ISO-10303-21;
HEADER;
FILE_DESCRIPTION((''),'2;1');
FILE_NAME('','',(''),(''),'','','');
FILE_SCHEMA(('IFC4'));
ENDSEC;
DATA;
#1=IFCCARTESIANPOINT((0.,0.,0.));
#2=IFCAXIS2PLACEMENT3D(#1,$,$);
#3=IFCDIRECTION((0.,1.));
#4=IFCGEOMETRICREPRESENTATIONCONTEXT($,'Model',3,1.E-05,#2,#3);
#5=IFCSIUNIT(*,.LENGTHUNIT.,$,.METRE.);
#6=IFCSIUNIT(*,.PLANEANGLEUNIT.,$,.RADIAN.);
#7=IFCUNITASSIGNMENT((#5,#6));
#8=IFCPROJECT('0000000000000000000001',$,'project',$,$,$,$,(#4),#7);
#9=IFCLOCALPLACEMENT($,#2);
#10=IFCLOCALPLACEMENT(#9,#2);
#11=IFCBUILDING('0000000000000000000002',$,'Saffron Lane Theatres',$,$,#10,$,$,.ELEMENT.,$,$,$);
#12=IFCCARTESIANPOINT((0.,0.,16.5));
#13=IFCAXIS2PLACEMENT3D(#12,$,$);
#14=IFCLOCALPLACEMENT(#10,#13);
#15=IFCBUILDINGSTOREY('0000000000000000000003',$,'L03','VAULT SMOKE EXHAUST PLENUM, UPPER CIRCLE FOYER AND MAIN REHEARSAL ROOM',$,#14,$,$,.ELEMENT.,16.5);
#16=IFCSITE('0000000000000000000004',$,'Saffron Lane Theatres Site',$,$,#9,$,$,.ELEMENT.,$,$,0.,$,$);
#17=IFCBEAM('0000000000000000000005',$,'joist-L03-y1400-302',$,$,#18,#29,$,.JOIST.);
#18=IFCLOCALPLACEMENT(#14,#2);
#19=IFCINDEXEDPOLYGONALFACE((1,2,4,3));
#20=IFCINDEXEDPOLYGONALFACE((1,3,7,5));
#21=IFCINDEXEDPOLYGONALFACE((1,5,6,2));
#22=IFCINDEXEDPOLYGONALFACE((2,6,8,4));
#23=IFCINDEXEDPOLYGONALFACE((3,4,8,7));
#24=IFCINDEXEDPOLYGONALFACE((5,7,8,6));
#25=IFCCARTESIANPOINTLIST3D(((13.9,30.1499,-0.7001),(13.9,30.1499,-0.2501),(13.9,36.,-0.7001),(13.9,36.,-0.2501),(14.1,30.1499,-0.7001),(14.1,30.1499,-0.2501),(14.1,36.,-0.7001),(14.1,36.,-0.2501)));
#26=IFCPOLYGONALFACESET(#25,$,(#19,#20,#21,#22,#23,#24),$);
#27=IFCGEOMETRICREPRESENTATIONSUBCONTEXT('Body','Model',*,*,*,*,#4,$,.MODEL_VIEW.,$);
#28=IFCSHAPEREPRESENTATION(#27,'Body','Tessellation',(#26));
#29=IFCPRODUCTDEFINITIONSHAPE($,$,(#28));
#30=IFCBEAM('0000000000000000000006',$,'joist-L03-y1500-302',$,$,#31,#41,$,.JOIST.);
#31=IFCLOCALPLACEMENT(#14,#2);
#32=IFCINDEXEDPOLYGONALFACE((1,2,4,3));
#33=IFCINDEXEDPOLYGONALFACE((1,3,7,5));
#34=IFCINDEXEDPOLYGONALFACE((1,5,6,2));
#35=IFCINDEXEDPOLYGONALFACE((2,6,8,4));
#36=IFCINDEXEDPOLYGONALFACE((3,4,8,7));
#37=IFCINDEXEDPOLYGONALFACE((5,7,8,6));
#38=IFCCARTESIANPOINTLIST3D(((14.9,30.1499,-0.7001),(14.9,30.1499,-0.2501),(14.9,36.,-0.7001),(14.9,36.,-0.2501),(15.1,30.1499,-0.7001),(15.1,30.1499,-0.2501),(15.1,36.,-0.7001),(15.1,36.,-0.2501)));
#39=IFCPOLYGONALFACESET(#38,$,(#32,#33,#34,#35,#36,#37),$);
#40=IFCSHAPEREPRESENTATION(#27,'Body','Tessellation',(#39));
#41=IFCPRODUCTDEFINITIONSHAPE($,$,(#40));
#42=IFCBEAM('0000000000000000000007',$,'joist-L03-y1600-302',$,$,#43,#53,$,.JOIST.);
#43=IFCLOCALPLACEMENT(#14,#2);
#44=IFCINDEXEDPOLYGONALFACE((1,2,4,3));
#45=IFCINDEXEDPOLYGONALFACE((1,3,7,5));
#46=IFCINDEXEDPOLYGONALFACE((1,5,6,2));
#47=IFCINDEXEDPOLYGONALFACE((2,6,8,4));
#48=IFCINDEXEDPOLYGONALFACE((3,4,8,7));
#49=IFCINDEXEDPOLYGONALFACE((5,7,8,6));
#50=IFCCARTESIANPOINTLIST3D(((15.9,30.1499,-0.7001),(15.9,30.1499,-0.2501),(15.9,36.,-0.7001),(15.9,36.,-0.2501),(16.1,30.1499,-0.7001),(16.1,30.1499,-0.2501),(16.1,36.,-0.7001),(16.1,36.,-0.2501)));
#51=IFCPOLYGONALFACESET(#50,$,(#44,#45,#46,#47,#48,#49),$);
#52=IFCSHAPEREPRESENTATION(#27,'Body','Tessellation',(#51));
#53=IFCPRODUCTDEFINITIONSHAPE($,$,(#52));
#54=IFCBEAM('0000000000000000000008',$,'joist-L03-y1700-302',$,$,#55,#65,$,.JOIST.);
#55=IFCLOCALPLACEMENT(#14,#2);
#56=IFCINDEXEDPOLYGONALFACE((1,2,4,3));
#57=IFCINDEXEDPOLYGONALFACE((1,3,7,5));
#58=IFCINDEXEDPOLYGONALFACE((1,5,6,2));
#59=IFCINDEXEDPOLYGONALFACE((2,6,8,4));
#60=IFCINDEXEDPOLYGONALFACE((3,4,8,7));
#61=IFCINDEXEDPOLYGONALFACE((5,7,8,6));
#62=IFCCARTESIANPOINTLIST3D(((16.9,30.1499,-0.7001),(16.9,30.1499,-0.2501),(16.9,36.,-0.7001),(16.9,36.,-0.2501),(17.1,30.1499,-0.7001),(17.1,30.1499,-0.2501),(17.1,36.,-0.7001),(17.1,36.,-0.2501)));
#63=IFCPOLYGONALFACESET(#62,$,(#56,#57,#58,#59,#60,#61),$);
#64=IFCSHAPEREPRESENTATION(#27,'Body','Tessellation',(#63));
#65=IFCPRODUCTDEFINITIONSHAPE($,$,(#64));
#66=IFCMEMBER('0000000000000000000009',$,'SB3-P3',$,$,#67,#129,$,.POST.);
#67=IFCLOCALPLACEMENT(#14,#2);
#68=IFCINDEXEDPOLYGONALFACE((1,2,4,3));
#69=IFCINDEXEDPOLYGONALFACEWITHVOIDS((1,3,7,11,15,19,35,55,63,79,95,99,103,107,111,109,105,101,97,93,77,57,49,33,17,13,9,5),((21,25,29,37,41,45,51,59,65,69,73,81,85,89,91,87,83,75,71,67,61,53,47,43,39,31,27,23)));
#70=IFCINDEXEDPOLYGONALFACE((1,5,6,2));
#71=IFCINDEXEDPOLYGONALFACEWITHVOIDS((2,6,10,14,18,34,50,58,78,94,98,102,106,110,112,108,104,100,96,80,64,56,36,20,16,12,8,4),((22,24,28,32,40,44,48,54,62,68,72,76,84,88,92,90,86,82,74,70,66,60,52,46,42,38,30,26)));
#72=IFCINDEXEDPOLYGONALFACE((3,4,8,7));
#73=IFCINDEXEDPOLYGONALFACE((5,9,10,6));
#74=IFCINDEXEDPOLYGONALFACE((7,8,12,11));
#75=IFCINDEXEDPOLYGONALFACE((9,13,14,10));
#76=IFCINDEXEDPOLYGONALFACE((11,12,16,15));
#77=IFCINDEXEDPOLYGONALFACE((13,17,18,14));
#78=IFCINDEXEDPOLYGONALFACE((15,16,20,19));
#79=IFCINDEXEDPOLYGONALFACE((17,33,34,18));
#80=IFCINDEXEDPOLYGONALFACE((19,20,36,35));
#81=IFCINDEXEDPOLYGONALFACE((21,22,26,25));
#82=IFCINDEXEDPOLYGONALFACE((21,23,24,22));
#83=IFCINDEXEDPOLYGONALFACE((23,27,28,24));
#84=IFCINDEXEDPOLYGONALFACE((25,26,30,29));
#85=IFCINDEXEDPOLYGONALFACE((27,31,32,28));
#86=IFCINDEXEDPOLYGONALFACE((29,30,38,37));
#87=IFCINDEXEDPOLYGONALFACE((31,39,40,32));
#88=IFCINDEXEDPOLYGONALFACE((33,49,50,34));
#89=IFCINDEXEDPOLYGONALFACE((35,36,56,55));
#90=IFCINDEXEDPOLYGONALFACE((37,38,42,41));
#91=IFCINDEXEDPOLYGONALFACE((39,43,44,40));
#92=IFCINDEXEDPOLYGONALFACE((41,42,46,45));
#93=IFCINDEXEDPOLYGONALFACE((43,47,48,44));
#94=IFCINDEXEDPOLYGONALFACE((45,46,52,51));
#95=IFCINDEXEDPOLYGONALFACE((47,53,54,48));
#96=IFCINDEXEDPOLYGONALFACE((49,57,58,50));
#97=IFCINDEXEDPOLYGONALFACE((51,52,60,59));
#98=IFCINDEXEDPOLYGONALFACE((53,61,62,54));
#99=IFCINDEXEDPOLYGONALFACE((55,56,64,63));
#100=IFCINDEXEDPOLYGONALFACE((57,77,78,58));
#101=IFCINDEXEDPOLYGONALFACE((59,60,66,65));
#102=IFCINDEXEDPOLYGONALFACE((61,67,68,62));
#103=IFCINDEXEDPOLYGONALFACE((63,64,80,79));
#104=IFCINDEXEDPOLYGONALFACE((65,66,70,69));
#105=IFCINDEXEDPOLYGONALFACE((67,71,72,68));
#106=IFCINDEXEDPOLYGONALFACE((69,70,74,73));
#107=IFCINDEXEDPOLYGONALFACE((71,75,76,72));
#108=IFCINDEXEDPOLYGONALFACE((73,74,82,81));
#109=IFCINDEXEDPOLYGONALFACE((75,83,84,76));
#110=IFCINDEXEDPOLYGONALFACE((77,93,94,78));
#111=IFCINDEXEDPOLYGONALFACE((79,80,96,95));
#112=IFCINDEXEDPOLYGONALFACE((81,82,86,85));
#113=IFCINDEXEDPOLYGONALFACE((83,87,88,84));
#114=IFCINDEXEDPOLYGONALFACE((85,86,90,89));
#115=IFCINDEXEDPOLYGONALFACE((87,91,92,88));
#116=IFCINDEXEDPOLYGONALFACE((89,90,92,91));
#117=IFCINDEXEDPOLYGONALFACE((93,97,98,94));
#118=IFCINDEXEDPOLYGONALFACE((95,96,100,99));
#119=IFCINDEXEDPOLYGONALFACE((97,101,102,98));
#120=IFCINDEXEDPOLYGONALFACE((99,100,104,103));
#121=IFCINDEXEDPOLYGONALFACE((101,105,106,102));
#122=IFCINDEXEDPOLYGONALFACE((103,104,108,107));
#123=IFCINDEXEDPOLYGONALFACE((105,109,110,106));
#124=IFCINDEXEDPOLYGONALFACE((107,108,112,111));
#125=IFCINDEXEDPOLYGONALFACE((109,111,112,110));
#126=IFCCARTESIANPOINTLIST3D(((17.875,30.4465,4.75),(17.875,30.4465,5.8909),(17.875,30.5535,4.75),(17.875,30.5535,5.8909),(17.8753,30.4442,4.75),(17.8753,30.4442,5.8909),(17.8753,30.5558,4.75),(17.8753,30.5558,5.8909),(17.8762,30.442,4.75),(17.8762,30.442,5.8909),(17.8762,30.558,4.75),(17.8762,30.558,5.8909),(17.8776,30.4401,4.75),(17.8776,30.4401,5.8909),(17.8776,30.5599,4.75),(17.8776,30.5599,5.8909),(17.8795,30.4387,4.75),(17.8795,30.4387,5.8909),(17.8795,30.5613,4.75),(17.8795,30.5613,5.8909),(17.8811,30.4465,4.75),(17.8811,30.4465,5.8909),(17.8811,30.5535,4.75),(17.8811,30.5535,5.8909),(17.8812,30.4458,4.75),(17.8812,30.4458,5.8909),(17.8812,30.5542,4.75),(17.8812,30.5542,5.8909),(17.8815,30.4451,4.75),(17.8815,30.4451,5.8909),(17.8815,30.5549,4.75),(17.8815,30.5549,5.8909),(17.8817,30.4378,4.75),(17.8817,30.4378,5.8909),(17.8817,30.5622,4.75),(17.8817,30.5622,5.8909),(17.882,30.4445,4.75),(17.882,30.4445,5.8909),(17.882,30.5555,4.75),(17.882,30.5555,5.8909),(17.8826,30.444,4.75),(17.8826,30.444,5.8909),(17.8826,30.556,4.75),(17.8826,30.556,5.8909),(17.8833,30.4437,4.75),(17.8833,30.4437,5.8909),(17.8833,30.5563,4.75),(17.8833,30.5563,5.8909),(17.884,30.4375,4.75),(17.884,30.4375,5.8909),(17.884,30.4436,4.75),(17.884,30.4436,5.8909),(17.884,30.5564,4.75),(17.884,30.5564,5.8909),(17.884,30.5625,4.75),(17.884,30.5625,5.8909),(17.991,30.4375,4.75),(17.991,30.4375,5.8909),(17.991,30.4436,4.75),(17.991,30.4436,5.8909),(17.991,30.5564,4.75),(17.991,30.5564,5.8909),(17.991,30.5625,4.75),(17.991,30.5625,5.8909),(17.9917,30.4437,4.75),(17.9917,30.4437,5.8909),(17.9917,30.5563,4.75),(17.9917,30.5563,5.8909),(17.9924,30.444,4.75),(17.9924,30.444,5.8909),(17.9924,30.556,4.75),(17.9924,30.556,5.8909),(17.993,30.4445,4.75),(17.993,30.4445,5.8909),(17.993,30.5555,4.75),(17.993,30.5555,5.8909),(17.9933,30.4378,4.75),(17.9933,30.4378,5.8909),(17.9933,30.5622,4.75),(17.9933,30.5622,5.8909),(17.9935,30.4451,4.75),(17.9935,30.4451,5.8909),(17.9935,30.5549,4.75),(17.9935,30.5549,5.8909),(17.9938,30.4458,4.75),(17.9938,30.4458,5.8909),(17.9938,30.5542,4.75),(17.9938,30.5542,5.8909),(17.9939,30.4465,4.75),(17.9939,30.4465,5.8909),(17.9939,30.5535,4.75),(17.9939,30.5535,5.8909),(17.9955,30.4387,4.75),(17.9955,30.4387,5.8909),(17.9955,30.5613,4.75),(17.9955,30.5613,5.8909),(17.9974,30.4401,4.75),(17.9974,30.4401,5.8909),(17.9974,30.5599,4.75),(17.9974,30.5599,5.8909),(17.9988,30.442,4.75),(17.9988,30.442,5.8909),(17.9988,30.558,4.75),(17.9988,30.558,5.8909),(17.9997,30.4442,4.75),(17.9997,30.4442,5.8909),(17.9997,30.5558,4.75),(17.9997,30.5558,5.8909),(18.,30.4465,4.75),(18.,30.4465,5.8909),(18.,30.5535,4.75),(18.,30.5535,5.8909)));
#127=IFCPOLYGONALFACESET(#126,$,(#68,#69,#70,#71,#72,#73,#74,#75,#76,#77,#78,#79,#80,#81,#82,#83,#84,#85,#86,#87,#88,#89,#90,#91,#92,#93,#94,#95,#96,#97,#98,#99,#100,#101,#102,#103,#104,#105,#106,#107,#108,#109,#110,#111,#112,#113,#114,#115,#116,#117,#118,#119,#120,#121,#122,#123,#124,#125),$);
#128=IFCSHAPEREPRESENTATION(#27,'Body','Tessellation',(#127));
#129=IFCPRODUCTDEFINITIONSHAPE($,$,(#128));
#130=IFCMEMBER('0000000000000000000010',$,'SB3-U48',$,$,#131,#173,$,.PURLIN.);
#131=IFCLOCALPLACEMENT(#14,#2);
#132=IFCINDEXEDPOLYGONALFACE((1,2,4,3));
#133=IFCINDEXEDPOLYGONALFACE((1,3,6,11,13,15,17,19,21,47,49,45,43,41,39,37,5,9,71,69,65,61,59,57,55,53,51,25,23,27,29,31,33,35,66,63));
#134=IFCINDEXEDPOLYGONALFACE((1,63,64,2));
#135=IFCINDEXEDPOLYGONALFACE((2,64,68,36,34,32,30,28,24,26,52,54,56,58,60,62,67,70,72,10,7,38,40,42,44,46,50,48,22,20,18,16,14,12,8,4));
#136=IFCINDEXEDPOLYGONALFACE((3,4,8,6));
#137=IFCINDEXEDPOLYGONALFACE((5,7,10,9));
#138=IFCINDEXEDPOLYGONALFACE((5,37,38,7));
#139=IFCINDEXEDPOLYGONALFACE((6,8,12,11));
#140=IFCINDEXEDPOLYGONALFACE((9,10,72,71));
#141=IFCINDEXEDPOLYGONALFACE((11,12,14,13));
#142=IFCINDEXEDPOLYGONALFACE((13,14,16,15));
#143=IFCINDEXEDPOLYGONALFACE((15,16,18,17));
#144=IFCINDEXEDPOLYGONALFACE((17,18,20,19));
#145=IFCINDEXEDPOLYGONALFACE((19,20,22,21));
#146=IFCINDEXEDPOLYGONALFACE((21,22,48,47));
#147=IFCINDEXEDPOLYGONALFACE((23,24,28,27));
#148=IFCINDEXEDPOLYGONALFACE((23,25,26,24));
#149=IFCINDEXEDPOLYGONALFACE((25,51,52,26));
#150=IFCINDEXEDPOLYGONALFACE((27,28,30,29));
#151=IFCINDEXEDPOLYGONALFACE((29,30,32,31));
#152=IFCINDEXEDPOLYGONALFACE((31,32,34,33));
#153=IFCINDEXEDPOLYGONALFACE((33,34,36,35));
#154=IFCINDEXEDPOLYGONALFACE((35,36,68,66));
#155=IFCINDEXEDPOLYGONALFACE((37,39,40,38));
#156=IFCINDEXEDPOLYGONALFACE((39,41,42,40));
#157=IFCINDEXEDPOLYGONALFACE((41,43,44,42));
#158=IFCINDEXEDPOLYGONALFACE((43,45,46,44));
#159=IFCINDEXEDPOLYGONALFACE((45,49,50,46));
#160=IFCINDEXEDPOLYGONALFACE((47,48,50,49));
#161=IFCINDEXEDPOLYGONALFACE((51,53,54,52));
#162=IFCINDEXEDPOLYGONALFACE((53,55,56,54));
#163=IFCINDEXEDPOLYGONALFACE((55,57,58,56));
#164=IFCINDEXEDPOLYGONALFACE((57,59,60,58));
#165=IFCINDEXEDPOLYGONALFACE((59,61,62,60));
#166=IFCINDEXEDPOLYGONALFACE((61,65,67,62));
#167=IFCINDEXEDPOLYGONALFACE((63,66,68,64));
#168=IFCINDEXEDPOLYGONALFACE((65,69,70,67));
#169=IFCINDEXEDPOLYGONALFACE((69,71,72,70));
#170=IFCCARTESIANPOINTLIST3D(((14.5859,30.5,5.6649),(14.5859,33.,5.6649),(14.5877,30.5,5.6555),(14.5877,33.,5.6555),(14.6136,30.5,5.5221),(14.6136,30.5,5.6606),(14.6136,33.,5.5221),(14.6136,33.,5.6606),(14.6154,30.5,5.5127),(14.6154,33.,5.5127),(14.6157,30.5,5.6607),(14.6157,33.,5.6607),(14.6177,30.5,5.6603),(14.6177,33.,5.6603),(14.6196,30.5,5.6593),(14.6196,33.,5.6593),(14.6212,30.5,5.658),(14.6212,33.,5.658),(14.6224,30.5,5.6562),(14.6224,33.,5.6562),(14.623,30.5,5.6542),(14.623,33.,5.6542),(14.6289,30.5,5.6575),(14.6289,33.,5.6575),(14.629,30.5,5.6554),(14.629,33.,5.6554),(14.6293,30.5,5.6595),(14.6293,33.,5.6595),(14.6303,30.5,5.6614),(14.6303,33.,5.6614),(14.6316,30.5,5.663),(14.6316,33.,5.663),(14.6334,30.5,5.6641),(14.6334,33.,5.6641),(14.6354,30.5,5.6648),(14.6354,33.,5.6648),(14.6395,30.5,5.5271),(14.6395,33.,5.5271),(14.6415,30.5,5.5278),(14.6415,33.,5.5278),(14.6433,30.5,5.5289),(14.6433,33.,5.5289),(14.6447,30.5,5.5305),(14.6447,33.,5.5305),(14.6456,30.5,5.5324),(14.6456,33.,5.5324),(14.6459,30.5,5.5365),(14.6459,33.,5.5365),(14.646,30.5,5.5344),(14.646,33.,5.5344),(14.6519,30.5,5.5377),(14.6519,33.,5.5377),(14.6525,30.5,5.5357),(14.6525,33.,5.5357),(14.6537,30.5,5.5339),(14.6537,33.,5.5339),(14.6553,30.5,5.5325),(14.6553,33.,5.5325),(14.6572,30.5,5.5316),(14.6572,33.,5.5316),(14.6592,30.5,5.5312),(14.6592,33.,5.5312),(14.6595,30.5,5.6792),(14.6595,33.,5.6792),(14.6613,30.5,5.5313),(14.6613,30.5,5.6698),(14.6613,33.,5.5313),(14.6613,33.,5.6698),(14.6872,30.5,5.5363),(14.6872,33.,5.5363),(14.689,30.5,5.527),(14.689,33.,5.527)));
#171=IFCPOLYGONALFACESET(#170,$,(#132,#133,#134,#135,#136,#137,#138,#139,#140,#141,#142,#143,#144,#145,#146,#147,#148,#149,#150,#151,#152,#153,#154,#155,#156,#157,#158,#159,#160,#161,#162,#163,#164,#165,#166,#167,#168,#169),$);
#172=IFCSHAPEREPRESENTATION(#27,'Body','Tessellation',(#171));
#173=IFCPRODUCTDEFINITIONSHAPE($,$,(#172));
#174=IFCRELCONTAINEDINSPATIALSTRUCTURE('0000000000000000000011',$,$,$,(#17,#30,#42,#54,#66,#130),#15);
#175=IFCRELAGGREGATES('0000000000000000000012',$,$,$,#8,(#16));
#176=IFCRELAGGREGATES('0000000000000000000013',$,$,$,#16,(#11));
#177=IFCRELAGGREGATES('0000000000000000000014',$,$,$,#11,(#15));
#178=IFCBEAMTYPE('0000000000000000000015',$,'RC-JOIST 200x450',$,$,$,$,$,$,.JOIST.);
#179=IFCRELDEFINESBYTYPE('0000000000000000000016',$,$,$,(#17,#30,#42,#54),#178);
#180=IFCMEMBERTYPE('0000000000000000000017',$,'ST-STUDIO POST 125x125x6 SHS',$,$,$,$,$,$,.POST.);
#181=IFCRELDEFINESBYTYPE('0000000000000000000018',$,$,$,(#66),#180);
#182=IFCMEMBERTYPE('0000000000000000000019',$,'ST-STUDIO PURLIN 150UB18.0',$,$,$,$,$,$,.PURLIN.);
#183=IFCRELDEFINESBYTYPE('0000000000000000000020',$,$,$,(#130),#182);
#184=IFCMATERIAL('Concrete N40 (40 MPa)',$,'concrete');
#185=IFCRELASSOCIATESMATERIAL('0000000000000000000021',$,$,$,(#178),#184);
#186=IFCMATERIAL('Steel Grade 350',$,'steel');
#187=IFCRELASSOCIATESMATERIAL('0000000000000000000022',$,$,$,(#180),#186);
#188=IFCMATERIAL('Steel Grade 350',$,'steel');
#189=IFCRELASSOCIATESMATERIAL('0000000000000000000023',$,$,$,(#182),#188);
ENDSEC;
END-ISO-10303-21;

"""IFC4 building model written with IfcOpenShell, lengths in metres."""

from ifc_helpers import new_model, si_unit, direction, frame, origin, origin_2d, place, context, subcontext, project, spatial, rectangle, hollow_rectangle, i_section, extrude, material, material_profile, profile_set, type_object, element, save


model = new_model("IFC4")

# Units and contexts
model_context = context("Model", 3, precision=1e-05, world=origin(), true_north=direction((0.0, 1.0)))
body_context = subcontext(model_context, "Body", "Model", "MODEL_VIEW")
ifc_project = project(units=[si_unit("LENGTHUNIT", "METRE"), si_unit("PLANEANGLEUNIT", "RADIAN")], contexts=[model_context])

# Site, building, storey
site_placement = place(None, origin())
site = spatial("IfcSite", under=ifc_project, at=site_placement, Name="Saffron Lane Theatres Site", CompositionType="ELEMENT", RefElevation=0.0)
building_placement = place(site_placement, origin())
building = spatial("IfcBuilding", under=site, at=building_placement, Name="Saffron Lane Theatres", CompositionType="ELEMENT")
storey_placement = place(building_placement, frame((0.0, 0.0, 16.5)))
storey = spatial("IfcBuildingStorey", under=building, at=storey_placement, Name="L03", Description="VAULT SMOKE EXHAUST PLENUM, UPPER CIRCLE FOYER AND MAIN REHEARSAL ROOM", CompositionType="ELEMENT", Elevation=16.5)

# Beams
ifc_material_1 = material(Name="Concrete N40 (40 MPa)", Category="concrete")
ifc_material_profile_1 = material_profile(ifc_material_1, rectangle(XDim=0.2, YDim=0.45, at=origin_2d()))
ifc_profile_set_1 = profile_set([ifc_material_profile_1], Name="Concrete N40 (40 MPa)")
beam_type = type_object("IfcBeamType", Name="RC-JOIST 200x450", PredefinedType="JOIST", material=ifc_profile_set_1)
for number, where, z_axis, x_axis, name in (
    (1, (14.0, 30.1499, -0.4751), (0.0, 1.0, 0.0), (-1.0, 0.0, 0.0), "joist-L03-y1400-302"),
    (2, (15.0, 30.1499, -0.4751), (0.0, 1.0, 0.0), (-1.0, 0.0, 0.0), "joist-L03-y1500-302"),
    (3, (16.0, 30.1499, -0.4751), (0.0, 1.0, 0.0), (-1.0, 0.0, 0.0), "joist-L03-y1600-302"),
    (4, (17.0, 30.1499, -0.4751), (0.0, 1.0, 0.0), (-1.0, 0.0, 0.0), "joist-L03-y1700-302"),
):
    element("IfcBeam", number, at=place(storey_placement, frame(where, z_axis=z_axis, x_axis=x_axis)), inside=storey, type_object=beam_type, Name=name, PredefinedType="JOIST", context=body_context, shape_type="SweptSolid", body=[
        extrude(rectangle(XDim=0.2, YDim=0.45, at=origin_2d()), origin(), (0.0, 0.0, 1.0), 5.8501),
    ])

# Members
ifc_material_2 = material(Name="Steel Grade 350", Category="steel")
ifc_material_profile_2 = material_profile(ifc_material_2, hollow_rectangle(XDim=0.125, YDim=0.125, WallThickness=0.0061, InnerFilletRadius=0.0029, OuterFilletRadius=0.009, at=origin_2d()))
ifc_profile_set_2 = profile_set([ifc_material_profile_2], Name="Steel Grade 350")
member_type_1 = type_object("IfcMemberType", Name="ST-STUDIO POST 125x125x6 SHS", PredefinedType="POST", material=ifc_profile_set_2)
member_1_placement = place(storey_placement, frame((17.9375, 30.5, 4.75), z_axis=(0.0, 0.0, 1.0), x_axis=(1.0, 0.0, 0.0)))
element("IfcMember", 5, at=member_1_placement, inside=storey, type_object=member_type_1, Name="SB3-P3", PredefinedType="POST", context=body_context, shape_type="SweptSolid", body=[
    extrude(hollow_rectangle(XDim=0.125, YDim=0.125, WallThickness=0.0061, InnerFilletRadius=0.0029, OuterFilletRadius=0.009, at=origin_2d()), origin(), (0.0, 0.0, 1.0), 1.1409),
])
ifc_material_3 = material(Name="Steel Grade 350", Category="steel")
ifc_material_profile_3 = material_profile(ifc_material_3, i_section(OverallWidth=0.075, OverallDepth=0.155, WebThickness=0.0061, FlangeThickness=0.0095, FilletRadius=0.0081, at=origin_2d()))
ifc_profile_set_3 = profile_set([ifc_material_profile_3], Name="Steel Grade 350")
member_type_2 = type_object("IfcMemberType", Name="ST-STUDIO PURLIN 150UB18.0", PredefinedType="PURLIN", material=ifc_profile_set_3)
for number, where, z_axis, x_axis, name in (
    (6, (14.6375, 30.5, 5.5959), (0.0, 1.0, 0.0), (-0.981661, 0.0, -0.190637), "SB3-U48"),
):
    element("IfcMember", number, at=place(storey_placement, frame(where, z_axis=z_axis, x_axis=x_axis)), inside=storey, type_object=member_type_2, Name=name, PredefinedType="PURLIN", context=body_context, shape_type="SweptSolid", body=[
        extrude(i_section(OverallWidth=0.075, OverallDepth=0.155, WebThickness=0.0061, FlangeThickness=0.0095, FilletRadius=0.0081, at=origin_2d()), origin(), (0.0, 0.0, 1.0), 2.5),
    ])

save(model, "model.ifc")
